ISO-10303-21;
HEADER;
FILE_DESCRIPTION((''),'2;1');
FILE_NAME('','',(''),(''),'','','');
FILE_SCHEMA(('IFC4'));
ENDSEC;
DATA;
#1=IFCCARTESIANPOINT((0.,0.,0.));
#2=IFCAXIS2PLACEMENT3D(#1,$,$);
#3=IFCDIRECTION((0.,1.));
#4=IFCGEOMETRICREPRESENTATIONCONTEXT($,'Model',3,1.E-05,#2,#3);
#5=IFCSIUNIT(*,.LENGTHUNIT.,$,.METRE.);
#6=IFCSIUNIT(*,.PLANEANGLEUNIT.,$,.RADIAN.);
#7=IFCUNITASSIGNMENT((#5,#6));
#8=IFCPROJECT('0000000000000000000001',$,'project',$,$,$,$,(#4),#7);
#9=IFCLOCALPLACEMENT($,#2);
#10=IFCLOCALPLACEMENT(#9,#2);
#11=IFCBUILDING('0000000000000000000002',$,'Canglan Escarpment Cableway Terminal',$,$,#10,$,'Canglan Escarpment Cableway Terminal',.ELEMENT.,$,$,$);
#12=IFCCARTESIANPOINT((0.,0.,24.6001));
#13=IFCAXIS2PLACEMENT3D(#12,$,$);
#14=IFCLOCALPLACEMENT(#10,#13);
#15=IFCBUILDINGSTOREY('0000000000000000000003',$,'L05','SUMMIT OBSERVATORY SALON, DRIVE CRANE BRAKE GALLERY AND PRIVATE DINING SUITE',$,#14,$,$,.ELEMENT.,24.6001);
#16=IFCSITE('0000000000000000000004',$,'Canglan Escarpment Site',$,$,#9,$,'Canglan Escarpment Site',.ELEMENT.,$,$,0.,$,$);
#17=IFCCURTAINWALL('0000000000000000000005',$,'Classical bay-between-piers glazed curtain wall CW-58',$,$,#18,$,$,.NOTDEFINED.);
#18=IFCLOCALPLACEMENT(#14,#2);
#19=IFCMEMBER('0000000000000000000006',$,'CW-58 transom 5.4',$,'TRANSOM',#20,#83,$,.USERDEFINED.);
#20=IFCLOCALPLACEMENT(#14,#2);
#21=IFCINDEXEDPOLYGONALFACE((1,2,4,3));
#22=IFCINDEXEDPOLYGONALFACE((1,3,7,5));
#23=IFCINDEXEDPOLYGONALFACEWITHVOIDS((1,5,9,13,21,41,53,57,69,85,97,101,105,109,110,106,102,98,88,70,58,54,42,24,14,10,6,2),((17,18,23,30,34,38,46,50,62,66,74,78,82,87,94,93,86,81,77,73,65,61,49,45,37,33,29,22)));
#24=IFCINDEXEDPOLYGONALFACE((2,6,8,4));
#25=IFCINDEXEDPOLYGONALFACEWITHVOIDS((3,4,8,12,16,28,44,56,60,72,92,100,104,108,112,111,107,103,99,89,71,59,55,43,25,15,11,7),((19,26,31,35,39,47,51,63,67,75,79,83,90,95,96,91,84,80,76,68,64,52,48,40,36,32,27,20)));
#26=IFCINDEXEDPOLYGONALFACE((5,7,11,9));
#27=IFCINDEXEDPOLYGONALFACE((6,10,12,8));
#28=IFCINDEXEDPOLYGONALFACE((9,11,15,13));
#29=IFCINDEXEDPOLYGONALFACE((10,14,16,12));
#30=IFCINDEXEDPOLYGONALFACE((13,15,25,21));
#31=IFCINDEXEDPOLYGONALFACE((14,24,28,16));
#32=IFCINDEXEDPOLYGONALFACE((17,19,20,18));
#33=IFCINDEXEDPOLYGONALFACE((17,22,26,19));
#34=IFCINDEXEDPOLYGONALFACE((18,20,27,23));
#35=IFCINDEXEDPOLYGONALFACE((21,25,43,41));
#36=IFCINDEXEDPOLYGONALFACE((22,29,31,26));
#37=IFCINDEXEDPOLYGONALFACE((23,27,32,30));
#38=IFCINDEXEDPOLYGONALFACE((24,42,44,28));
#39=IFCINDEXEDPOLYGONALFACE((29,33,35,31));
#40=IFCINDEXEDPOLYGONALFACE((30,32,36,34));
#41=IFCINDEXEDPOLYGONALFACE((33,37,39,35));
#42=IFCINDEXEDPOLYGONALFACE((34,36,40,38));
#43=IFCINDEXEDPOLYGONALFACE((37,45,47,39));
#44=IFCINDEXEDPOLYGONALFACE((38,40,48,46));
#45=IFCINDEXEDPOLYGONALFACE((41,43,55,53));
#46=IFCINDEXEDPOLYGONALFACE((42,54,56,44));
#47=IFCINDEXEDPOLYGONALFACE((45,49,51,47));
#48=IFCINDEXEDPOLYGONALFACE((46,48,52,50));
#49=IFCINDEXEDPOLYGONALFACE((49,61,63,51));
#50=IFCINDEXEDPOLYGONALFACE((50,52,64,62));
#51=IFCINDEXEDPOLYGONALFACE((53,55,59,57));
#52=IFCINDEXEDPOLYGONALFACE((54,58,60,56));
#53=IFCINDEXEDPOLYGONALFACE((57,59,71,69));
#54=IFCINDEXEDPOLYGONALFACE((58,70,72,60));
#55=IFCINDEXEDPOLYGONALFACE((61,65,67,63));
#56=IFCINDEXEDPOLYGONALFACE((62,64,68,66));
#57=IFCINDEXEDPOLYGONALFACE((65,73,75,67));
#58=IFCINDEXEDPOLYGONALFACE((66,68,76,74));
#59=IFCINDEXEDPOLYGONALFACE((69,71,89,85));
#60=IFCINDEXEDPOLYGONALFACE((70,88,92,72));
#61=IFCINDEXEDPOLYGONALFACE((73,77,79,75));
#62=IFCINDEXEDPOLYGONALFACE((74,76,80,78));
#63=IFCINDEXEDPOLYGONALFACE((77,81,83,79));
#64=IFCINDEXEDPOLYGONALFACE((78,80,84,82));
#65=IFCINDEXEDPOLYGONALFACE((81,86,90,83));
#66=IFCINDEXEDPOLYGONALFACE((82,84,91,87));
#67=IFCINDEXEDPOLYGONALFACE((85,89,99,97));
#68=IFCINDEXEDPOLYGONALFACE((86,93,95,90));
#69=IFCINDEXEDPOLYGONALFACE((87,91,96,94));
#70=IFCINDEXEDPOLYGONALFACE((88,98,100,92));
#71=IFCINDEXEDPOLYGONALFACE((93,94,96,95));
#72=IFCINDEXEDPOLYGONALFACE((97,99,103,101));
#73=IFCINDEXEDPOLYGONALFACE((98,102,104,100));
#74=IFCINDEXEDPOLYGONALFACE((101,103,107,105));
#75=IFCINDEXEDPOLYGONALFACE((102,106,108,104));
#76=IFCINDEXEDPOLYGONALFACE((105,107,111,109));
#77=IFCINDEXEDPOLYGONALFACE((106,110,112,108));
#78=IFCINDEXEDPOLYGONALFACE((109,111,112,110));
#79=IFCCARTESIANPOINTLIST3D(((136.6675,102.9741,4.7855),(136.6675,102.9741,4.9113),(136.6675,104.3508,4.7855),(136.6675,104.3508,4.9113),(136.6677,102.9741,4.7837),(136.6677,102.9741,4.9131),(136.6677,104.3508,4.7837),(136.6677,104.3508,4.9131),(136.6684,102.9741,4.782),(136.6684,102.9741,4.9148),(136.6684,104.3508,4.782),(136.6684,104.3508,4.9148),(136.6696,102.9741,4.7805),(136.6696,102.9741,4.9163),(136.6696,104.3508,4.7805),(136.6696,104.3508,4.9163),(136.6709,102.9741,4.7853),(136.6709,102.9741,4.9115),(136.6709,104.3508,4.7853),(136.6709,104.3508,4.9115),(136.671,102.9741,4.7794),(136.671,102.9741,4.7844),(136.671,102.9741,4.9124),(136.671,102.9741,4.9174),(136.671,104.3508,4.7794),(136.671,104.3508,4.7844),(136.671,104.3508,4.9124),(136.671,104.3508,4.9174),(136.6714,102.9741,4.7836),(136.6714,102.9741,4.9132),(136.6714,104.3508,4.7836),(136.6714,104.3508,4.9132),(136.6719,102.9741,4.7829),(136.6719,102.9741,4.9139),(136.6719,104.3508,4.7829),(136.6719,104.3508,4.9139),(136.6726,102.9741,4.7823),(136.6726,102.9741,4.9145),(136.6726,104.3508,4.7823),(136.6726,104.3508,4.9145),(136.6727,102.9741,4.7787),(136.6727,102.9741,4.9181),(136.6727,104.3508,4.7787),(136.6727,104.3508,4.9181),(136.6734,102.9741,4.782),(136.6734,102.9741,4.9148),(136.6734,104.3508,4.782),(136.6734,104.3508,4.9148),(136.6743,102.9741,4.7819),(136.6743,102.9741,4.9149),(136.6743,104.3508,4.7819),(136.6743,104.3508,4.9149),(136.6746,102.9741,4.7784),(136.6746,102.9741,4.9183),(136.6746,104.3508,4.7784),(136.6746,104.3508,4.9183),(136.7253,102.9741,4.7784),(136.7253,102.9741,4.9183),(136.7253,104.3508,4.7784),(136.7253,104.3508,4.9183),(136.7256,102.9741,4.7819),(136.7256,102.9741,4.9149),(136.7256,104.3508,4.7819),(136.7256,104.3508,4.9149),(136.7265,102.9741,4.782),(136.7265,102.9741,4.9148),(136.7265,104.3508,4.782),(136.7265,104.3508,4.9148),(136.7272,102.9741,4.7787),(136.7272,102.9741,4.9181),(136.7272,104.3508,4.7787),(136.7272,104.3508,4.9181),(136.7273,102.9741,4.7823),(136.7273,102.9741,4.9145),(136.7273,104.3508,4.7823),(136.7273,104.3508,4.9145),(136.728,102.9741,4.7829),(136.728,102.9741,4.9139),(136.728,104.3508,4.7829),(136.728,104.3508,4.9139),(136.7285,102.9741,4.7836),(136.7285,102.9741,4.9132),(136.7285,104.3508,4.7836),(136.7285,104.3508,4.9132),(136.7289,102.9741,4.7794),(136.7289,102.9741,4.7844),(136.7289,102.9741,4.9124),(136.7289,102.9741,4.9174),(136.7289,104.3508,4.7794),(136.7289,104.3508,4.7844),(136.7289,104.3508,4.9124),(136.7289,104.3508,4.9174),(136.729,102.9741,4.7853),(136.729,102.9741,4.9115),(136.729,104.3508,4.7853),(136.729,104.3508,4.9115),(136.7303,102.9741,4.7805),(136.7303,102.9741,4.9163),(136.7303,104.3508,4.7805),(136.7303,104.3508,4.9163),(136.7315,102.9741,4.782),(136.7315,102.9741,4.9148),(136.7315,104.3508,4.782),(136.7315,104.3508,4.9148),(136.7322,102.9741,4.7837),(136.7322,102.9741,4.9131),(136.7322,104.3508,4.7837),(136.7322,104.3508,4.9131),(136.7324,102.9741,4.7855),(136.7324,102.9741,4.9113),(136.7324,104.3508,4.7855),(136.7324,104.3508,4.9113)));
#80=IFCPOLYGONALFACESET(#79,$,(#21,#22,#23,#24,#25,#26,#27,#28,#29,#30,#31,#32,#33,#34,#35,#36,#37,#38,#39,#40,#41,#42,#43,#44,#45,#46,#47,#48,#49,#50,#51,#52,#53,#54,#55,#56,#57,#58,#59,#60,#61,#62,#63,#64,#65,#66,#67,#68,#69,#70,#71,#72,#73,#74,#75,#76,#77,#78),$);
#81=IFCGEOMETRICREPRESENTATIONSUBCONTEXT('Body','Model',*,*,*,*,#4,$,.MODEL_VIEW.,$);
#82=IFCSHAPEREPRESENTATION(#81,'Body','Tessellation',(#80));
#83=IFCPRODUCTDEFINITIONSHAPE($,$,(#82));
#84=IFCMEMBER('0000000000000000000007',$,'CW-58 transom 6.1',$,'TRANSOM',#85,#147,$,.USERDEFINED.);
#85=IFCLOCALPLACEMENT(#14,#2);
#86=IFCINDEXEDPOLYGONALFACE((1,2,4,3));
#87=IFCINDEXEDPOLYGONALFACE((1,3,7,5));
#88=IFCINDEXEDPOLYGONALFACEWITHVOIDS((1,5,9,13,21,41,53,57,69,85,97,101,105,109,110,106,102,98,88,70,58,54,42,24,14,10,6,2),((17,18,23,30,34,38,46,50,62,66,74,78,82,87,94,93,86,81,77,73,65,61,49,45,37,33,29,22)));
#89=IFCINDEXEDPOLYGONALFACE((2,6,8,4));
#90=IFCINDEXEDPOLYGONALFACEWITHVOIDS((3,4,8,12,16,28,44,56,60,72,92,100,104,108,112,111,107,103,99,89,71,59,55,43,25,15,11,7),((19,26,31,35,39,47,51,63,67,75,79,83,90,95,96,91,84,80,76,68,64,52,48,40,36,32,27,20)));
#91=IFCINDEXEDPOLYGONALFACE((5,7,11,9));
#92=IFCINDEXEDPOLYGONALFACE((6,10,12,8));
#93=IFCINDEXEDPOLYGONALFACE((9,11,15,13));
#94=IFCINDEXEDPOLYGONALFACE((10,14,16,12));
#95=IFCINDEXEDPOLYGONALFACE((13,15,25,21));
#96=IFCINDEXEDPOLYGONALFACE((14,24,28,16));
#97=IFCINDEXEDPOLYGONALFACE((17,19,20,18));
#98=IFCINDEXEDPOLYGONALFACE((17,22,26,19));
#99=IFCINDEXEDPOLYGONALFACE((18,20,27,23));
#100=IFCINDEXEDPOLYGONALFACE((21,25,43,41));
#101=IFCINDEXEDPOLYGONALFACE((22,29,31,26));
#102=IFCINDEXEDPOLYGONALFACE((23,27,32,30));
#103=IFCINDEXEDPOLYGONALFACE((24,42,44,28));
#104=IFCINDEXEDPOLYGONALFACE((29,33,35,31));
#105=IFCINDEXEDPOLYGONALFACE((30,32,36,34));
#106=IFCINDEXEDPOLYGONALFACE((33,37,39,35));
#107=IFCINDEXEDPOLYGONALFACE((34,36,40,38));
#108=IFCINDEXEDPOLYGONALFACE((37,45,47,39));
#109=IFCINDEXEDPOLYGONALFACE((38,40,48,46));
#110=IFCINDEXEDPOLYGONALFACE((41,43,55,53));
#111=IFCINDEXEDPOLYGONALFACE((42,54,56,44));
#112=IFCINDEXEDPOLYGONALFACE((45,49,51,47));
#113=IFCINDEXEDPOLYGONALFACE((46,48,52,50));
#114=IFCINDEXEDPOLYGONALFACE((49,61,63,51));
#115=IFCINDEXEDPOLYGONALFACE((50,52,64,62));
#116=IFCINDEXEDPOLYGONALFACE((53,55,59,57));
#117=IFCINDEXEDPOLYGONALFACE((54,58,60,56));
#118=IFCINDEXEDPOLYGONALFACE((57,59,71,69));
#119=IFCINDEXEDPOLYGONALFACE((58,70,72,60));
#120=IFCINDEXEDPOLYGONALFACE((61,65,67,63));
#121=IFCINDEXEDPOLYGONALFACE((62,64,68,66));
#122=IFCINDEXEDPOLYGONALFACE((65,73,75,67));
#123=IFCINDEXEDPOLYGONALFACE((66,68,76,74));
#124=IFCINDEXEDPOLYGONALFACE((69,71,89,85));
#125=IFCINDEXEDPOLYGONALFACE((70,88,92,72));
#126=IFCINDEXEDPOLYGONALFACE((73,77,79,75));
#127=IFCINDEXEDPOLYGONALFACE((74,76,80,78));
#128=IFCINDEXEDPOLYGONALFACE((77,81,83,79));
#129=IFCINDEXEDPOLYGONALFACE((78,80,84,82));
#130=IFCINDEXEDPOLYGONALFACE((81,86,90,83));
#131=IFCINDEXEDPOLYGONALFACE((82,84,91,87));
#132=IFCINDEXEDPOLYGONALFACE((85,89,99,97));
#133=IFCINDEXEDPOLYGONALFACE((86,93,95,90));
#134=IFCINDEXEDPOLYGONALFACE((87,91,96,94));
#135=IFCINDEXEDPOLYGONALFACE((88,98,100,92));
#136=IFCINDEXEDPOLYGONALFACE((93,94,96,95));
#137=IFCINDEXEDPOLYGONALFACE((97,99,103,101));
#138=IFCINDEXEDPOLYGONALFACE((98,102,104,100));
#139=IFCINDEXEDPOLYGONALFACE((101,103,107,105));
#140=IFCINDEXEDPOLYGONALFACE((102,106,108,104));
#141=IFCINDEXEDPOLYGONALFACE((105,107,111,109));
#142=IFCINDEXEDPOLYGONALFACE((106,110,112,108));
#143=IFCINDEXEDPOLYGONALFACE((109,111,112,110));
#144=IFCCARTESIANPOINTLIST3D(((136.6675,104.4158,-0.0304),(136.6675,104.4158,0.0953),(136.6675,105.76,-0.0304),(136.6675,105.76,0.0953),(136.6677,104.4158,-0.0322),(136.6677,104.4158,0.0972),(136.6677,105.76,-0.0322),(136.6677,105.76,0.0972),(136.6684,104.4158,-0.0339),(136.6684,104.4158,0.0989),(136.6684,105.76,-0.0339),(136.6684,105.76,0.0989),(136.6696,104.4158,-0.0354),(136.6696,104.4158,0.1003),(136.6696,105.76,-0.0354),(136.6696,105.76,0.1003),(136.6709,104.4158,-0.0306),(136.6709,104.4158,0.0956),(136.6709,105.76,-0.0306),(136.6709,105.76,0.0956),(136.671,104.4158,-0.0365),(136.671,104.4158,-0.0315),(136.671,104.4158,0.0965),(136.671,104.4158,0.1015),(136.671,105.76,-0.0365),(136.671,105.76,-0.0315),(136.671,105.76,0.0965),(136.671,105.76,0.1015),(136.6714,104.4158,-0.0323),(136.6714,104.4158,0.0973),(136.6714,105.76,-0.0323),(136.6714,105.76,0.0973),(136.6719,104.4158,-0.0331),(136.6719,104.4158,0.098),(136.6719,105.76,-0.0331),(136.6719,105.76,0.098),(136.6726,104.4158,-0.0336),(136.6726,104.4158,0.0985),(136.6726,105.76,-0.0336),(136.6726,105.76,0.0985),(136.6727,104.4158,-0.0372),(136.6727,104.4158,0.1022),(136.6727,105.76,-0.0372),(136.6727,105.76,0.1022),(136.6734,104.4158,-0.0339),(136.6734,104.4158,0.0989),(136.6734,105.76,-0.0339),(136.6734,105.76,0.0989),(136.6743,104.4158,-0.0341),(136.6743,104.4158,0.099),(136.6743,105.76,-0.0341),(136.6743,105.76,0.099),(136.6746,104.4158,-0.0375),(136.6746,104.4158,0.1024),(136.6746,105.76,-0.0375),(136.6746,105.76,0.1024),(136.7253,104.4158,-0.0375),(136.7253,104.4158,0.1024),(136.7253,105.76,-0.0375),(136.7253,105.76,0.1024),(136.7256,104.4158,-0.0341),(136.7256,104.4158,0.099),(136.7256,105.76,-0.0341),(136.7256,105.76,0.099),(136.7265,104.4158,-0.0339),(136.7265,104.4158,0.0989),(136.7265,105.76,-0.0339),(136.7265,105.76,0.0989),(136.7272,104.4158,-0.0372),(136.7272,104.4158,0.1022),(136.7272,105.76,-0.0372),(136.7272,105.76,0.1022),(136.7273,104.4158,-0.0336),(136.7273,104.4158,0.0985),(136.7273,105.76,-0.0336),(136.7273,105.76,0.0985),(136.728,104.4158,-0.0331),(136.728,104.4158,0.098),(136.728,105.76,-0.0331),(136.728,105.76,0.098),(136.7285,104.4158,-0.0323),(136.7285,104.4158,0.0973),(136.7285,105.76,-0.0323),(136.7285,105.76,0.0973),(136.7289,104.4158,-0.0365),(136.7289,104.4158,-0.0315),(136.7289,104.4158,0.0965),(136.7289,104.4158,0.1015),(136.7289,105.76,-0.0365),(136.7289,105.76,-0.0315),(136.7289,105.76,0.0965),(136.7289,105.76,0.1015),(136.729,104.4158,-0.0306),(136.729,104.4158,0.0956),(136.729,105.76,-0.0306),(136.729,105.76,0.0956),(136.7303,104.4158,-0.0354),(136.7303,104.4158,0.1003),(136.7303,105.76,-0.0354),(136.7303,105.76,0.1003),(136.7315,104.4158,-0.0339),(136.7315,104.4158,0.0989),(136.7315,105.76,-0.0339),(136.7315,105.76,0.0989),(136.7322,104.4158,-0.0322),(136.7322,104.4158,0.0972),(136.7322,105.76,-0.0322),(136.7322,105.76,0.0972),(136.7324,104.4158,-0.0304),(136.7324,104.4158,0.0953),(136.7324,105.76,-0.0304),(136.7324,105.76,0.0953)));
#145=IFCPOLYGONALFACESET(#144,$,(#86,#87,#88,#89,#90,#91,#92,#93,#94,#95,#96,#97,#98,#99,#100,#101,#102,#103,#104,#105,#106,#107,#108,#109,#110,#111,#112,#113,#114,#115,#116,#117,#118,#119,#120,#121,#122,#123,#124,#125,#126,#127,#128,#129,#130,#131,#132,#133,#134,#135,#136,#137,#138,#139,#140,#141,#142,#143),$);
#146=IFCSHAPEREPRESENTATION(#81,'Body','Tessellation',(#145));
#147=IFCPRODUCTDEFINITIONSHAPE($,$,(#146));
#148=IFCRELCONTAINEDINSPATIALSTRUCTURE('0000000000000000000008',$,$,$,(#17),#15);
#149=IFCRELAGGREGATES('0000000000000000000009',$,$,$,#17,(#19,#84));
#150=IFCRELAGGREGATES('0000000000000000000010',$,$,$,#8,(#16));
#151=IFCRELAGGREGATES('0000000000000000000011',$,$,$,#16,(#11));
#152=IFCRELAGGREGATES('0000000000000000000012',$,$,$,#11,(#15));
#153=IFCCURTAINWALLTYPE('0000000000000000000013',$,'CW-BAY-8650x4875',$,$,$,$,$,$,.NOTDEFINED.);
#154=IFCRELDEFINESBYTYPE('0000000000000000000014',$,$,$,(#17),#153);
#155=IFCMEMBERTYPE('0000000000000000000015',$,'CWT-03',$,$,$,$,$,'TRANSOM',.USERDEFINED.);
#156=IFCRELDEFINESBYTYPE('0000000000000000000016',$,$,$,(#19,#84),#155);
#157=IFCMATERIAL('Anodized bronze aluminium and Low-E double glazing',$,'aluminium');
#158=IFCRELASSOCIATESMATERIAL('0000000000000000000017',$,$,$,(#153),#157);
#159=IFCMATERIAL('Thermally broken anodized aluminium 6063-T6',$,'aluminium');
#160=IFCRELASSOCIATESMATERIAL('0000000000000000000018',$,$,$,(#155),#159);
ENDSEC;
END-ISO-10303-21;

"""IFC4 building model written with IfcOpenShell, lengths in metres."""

from ifc_helpers import new_model, si_unit, direction, frame, origin, origin_2d, place, context, subcontext, project, spatial, hollow_rectangle, extrude, material, material_profile, profile_set, type_object, element, aggregate, save


model = new_model("IFC4")

# Units and contexts
model_context = context("Model", 3, precision=1e-05, world=origin(), true_north=direction((0.0, 1.0)))
body_context = subcontext(model_context, "Body", "Model", "MODEL_VIEW")
ifc_project = project(units=[si_unit("LENGTHUNIT", "METRE"), si_unit("PLANEANGLEUNIT", "RADIAN")], contexts=[model_context])

# Site, building, storey
site_placement = place(None, origin())
site = spatial("IfcSite", under=ifc_project, at=site_placement, Name="Canglan Escarpment Site", LongName="Canglan Escarpment Site", CompositionType="ELEMENT", RefElevation=0.0)
building_placement = place(site_placement, origin())
building = spatial("IfcBuilding", under=site, at=building_placement, Name="Canglan Escarpment Cableway Terminal", LongName="Canglan Escarpment Cableway Terminal", CompositionType="ELEMENT")
storey_placement = place(building_placement, frame((0.0, 0.0, 24.6001)))
storey = spatial("IfcBuildingStorey", under=building, at=storey_placement, Name="L05", Description="SUMMIT OBSERVATORY SALON, DRIVE CRANE BRAKE GALLERY AND PRIVATE DINING SUITE", CompositionType="ELEMENT", Elevation=24.6001)

# Curtain wall, members
ifc_material_1 = material(Name="Anodized bronze aluminium and Low-E double glazing", Category="aluminium")
curtain_wall_type = type_object("IfcCurtainWallType", Name="CW-BAY-8650x4875", PredefinedType="NOTDEFINED", material=ifc_material_1)
curtain_wall_placement = place(storey_placement, origin())
curtain_wall = element("IfcCurtainWall", 1, at=curtain_wall_placement, inside=storey, type_object=curtain_wall_type, Name="Classical bay-between-piers glazed curtain wall CW-58", PredefinedType="NOTDEFINED")
ifc_material_2 = material(Name="Thermally broken anodized aluminium 6063-T6", Category="aluminium")
ifc_material_profile_1 = material_profile(ifc_material_2, hollow_rectangle(XDim=0.0649, YDim=0.1399, WallThickness=0.0034, InnerFilletRadius=0.0034, OuterFilletRadius=0.0071, at=origin_2d()), Name="ALU-TRAN 65x140x3.5")
ifc_profile_set_1 = profile_set([ifc_material_profile_1], Name="Thermally broken anodized aluminium 6063-T6")
member_type_1 = type_object("IfcMemberType", Name="CWT-03", ElementType="TRANSOM", PredefinedType="USERDEFINED", material=ifc_profile_set_1)
member_1_placement = place(storey_placement, frame((136.7, 102.9741, 4.8484), z_axis=(0.0, 1.0, 0.0), x_axis=(-1.0, 0.0, 0.0)))
member_1 = element("IfcMember", 2, at=member_1_placement, type_object=member_type_1, Name="CW-58 transom 5.4", ObjectType="TRANSOM", PredefinedType="USERDEFINED", context=body_context, shape_type="SweptSolid", body=[
    extrude(hollow_rectangle(XDim=0.0649, YDim=0.1399, WallThickness=0.0034, InnerFilletRadius=0.0034, OuterFilletRadius=0.0071, at=origin_2d()), origin(), (0.0, 0.0, 1.0), 1.3767),
])
member_2_placement = place(storey_placement, frame((136.7, 104.4158, 0.0325), z_axis=(0.0, 1.0, 0.0), x_axis=(-1.0, 0.0, 0.0)))
member_2 = element("IfcMember", 3, at=member_2_placement, type_object=member_type_1, Name="CW-58 transom 6.1", ObjectType="TRANSOM", PredefinedType="USERDEFINED", context=body_context, shape_type="SweptSolid", body=[
    extrude(hollow_rectangle(XDim=0.0649, YDim=0.1399, WallThickness=0.0034, InnerFilletRadius=0.0034, OuterFilletRadius=0.0071, at=origin_2d()), origin(), (0.0, 0.0, 1.0), 1.3442),
])
aggregate(curtain_wall, [member_1, member_2])

save(model, "model.ifc")
